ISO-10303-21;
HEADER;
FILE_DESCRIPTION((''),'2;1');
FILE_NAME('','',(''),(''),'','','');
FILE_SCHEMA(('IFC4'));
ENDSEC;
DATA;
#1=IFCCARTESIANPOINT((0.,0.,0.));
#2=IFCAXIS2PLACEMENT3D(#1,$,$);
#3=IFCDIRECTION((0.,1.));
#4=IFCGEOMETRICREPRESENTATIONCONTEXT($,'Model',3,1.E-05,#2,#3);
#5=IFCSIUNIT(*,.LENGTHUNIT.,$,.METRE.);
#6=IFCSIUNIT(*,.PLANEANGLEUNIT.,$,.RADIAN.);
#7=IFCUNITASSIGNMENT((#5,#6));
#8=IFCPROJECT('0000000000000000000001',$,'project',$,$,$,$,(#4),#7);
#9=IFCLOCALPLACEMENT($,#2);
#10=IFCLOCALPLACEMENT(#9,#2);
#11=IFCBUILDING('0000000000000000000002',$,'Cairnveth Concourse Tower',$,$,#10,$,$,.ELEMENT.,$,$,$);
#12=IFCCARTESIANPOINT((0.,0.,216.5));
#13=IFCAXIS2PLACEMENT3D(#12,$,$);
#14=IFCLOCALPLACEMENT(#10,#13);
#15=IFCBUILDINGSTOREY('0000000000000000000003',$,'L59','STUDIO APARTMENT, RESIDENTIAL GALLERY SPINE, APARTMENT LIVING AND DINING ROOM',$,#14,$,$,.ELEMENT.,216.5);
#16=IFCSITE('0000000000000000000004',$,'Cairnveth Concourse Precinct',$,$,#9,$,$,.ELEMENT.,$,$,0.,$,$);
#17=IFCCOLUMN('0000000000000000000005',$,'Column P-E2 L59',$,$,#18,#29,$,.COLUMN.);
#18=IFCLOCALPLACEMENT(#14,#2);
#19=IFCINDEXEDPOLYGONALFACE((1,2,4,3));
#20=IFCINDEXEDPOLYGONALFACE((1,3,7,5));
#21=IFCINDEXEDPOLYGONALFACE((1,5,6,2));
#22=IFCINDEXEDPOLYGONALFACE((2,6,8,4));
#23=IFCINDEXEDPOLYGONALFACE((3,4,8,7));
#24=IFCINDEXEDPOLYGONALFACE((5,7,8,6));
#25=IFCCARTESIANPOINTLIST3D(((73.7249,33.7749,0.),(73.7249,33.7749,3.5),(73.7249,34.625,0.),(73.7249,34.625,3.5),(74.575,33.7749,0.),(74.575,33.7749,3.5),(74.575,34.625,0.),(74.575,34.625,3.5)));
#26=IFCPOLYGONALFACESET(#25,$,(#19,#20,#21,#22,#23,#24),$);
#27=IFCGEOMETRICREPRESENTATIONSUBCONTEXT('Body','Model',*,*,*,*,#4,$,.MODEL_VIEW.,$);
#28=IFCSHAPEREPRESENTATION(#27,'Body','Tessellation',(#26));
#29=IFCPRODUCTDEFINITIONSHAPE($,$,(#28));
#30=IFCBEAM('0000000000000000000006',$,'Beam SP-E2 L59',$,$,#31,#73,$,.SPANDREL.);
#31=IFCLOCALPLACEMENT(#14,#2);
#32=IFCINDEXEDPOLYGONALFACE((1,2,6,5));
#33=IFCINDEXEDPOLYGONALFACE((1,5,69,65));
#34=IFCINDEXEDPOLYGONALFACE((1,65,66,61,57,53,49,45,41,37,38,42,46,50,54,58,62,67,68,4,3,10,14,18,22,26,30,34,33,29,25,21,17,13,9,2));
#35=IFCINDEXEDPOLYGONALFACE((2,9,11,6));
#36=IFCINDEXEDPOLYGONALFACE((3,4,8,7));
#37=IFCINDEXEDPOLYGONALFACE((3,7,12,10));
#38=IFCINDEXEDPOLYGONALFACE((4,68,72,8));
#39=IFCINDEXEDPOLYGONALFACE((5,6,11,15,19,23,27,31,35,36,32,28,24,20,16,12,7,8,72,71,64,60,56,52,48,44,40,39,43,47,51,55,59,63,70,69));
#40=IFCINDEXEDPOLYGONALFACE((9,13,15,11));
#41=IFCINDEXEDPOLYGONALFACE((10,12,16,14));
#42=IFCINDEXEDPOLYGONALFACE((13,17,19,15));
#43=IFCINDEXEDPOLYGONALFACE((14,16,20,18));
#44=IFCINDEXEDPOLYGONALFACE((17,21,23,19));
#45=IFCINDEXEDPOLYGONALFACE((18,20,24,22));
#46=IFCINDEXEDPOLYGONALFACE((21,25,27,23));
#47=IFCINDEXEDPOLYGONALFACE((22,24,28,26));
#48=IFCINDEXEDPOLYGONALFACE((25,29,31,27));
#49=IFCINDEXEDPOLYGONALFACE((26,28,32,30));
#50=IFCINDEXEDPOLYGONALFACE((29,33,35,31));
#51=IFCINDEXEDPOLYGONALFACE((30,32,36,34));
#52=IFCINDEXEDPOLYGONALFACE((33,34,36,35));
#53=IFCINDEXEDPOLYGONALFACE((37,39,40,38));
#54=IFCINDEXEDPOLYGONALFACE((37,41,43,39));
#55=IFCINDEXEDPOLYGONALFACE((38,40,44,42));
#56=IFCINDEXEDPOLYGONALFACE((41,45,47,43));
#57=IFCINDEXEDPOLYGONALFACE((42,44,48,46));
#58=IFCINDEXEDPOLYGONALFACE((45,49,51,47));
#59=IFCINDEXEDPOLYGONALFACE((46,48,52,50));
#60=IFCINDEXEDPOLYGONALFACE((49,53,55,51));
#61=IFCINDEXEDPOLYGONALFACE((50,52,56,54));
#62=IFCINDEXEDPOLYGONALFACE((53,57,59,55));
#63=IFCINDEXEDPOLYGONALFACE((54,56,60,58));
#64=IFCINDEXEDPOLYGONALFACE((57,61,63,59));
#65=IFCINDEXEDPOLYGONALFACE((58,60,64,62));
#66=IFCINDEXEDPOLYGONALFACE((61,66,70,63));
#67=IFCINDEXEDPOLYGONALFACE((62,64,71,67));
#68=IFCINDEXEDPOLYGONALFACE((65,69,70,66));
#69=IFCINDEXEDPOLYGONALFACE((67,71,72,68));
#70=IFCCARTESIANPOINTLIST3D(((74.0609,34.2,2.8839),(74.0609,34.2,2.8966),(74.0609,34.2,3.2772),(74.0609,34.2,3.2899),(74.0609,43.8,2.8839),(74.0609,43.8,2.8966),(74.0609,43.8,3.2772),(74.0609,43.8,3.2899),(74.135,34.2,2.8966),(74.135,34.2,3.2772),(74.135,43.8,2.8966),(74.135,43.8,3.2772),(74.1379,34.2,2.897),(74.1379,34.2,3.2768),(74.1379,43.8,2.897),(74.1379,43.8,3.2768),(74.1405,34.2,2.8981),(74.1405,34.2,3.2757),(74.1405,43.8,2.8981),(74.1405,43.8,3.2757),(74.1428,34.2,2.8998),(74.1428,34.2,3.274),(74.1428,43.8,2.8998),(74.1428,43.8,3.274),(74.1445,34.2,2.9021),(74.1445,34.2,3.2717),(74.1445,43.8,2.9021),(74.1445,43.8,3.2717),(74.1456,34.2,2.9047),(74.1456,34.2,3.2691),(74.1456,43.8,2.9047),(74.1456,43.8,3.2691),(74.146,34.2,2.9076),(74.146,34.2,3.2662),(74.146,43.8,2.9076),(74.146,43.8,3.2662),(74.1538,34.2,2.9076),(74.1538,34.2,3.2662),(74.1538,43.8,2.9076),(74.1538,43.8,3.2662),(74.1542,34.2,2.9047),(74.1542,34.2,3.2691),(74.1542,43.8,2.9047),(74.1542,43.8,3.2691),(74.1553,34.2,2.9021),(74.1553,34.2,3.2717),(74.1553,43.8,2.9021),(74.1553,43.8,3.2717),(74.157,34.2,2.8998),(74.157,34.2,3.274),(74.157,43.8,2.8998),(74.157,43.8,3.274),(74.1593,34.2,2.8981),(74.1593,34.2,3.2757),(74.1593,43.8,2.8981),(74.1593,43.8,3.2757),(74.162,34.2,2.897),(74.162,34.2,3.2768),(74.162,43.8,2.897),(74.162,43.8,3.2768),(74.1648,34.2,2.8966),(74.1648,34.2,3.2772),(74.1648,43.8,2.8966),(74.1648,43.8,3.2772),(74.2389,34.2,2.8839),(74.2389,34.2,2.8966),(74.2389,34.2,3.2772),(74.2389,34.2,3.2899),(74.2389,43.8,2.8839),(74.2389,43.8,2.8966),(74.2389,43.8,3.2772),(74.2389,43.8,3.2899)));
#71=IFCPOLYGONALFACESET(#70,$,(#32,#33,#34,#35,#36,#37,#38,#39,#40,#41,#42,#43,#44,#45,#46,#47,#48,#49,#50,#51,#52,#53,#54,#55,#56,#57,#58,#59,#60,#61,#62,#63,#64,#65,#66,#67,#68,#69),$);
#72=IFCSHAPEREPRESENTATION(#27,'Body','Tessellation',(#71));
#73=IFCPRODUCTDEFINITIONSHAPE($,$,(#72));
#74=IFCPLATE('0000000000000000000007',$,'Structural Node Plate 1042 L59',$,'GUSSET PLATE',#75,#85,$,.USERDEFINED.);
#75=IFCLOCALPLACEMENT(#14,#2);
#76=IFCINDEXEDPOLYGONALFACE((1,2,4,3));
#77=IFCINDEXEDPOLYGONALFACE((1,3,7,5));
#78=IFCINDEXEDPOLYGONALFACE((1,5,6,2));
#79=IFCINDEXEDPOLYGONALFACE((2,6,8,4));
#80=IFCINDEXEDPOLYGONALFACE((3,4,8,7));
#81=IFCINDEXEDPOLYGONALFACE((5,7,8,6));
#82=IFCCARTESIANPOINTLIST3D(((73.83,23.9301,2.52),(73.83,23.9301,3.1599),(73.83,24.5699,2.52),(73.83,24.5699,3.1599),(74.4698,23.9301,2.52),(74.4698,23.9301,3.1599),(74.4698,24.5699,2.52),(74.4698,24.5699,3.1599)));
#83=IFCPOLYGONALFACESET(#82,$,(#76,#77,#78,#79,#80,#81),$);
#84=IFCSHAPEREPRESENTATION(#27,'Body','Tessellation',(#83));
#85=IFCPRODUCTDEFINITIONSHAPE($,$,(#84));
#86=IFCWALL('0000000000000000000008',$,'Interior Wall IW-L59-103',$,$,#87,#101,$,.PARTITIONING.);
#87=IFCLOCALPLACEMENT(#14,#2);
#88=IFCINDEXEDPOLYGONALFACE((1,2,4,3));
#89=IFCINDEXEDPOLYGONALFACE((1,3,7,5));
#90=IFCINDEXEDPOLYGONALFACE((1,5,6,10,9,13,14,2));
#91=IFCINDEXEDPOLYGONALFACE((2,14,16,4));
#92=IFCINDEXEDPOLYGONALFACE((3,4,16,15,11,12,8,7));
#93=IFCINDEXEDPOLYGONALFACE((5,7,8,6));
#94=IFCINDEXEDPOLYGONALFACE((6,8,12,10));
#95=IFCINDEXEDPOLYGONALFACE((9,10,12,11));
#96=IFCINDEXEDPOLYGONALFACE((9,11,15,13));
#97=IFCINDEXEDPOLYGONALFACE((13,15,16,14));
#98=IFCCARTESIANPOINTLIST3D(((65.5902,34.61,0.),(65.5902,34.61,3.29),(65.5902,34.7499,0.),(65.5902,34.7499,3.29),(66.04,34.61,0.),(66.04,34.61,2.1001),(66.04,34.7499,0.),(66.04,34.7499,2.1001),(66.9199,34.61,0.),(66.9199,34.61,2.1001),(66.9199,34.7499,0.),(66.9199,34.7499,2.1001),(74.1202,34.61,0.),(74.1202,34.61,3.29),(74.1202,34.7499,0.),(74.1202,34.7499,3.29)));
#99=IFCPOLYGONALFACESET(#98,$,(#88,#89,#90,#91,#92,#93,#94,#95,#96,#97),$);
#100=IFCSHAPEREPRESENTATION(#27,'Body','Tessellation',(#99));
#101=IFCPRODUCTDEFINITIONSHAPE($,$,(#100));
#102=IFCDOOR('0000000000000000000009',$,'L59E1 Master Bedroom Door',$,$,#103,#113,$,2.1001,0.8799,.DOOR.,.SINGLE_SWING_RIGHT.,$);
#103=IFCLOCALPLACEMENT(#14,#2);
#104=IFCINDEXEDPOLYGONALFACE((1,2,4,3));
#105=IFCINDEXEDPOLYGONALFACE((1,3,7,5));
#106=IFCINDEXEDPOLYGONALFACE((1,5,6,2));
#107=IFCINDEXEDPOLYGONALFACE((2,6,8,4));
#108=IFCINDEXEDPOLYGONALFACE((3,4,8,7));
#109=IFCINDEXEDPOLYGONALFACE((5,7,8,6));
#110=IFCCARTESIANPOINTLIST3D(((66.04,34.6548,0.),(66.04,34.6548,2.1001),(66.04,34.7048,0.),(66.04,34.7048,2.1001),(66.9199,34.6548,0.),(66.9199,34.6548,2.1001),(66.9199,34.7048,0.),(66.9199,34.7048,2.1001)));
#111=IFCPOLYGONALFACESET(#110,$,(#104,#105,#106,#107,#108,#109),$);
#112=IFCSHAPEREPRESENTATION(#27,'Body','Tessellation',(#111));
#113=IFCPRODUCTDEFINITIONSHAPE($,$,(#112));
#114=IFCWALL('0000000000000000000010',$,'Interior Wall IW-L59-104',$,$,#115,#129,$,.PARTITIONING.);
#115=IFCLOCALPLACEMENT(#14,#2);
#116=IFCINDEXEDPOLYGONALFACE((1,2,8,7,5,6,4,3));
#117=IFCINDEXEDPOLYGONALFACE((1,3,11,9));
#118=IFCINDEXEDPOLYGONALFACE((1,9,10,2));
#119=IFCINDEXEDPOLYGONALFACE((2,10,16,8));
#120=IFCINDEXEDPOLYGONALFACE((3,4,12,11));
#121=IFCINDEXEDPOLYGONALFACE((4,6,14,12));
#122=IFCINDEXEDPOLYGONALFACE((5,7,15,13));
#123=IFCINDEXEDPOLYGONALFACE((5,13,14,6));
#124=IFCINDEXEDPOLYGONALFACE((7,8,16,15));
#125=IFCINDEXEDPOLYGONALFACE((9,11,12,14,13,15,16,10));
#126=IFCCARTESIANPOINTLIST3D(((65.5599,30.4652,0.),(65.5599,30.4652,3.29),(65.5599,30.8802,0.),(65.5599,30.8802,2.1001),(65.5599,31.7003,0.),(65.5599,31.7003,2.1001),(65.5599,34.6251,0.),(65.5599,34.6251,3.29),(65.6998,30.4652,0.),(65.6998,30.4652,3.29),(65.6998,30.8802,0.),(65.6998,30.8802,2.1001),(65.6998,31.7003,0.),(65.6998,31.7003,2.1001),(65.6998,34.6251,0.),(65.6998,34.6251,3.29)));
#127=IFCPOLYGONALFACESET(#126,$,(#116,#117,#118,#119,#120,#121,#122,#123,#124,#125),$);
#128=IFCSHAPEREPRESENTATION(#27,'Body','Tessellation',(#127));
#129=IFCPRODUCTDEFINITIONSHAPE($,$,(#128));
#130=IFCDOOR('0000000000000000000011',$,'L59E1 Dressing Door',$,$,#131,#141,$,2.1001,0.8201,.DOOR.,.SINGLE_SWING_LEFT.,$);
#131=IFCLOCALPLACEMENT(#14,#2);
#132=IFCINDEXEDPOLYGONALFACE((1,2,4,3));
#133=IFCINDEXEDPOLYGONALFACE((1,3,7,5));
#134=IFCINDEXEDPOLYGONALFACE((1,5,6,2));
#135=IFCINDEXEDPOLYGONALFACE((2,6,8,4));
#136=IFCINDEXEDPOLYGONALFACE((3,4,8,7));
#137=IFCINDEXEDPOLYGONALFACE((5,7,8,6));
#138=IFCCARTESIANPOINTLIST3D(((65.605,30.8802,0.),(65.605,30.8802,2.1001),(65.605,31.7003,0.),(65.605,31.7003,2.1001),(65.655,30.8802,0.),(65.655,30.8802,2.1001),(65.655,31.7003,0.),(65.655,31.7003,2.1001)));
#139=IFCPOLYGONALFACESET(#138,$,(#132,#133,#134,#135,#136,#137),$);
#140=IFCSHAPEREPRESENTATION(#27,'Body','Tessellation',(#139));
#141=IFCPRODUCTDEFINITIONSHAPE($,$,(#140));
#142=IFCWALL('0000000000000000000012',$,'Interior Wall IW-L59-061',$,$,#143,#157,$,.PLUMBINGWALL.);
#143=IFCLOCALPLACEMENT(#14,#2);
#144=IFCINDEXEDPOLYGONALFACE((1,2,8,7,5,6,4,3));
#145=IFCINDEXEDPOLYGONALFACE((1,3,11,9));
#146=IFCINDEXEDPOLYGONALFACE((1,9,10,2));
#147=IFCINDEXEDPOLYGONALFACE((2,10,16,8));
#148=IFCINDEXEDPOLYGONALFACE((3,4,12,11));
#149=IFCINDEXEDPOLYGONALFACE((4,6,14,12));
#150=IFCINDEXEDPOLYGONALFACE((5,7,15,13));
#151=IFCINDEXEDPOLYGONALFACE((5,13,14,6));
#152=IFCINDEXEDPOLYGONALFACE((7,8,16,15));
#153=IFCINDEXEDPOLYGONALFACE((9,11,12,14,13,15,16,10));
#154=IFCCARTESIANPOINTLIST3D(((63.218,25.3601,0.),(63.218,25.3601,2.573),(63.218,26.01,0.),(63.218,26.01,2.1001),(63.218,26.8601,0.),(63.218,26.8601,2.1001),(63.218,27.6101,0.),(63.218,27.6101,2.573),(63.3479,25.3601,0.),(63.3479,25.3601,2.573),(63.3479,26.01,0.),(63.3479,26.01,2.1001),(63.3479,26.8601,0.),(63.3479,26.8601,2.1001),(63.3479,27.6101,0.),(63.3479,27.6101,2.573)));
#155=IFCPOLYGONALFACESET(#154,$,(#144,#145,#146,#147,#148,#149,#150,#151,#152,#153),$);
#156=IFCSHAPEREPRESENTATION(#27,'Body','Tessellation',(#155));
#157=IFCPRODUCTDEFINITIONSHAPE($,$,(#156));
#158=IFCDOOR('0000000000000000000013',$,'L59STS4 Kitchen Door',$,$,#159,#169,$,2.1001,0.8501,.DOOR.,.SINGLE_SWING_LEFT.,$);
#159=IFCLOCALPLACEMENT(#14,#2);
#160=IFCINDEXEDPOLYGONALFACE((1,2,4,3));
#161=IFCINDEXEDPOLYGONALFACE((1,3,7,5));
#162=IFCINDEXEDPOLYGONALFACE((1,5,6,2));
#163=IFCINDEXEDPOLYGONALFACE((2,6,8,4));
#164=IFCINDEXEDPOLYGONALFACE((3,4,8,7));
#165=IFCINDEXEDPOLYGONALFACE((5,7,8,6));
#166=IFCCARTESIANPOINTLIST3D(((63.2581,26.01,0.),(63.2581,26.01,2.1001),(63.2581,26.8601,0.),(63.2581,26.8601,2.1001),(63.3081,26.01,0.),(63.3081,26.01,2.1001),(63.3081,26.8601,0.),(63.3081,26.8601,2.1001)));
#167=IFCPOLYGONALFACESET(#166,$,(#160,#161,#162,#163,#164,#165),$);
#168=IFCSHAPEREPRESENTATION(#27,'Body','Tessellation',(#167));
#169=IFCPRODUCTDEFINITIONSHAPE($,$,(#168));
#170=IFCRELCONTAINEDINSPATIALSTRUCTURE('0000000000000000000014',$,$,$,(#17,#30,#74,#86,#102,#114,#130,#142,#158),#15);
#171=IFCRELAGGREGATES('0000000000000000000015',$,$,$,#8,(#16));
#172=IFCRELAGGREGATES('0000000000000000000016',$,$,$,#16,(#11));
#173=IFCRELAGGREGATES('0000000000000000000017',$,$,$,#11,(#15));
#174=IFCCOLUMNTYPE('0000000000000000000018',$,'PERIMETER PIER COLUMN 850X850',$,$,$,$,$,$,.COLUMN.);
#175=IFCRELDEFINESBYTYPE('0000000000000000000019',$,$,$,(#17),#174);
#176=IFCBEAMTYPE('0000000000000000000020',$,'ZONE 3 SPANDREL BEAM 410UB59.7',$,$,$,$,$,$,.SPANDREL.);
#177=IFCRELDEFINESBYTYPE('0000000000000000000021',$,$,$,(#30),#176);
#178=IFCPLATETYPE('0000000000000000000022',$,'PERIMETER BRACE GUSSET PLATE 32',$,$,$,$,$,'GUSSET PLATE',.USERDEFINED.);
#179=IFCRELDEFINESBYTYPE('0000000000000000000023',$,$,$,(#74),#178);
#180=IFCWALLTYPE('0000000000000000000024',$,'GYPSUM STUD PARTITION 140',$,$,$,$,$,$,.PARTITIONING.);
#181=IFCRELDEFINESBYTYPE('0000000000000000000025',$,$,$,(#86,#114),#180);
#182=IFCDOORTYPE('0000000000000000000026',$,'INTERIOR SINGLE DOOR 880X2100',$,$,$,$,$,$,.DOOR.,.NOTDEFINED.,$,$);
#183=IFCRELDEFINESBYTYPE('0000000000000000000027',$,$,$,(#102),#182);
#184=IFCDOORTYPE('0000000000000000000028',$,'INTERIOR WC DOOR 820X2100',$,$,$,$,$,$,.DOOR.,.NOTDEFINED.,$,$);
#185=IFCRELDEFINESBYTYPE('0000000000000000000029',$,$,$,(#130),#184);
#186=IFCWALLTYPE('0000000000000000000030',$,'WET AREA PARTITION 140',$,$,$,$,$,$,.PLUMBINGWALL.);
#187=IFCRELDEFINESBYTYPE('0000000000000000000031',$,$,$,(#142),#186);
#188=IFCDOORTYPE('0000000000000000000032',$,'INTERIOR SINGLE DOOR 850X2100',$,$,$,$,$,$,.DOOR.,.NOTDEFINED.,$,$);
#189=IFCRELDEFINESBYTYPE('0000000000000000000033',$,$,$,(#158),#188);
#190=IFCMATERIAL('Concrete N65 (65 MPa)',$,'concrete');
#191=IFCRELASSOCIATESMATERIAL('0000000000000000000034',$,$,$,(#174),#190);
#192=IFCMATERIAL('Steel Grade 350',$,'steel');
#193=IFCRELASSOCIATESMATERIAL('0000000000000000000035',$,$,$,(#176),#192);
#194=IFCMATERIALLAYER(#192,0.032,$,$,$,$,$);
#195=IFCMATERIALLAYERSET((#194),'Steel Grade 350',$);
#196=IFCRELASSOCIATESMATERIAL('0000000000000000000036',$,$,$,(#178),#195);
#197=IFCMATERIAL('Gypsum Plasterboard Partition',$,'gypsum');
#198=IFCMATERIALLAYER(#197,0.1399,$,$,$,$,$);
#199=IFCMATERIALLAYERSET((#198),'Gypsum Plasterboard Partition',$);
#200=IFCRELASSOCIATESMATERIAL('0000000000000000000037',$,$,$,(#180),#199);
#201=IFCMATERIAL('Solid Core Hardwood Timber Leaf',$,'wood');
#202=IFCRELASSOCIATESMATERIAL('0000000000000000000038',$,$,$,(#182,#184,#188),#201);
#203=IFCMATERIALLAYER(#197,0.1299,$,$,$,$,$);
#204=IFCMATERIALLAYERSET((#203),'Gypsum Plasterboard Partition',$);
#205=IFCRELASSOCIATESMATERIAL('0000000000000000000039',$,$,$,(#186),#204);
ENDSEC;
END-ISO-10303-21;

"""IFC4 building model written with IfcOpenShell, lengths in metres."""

from ifc_helpers import new_model, si_unit, direction, frame, frame_2d, origin, origin_2d, place, context, subcontext, project, spatial, rectangle, i_section, extrude, material, layer, layer_set, material_profile, profile_set, type_object, element, fill, save


model = new_model("IFC4")

# Units and contexts
model_context = context("Model", 3, precision=1e-05, world=origin(), true_north=direction((0.0, 1.0)))
body_context = subcontext(model_context, "Body", "Model", "MODEL_VIEW")
ifc_project = project(units=[si_unit("LENGTHUNIT", "METRE"), si_unit("PLANEANGLEUNIT", "RADIAN")], contexts=[model_context])

# Site, building, storey
site_placement = place(None, origin())
site = spatial("IfcSite", under=ifc_project, at=site_placement, Name="Cairnveth Concourse Precinct", CompositionType="ELEMENT", RefElevation=0.0)
building_placement = place(site_placement, origin())
building = spatial("IfcBuilding", under=site, at=building_placement, Name="Cairnveth Concourse Tower", CompositionType="ELEMENT")
storey_placement = place(building_placement, frame((0.0, 0.0, 216.5)))
storey = spatial("IfcBuildingStorey", under=building, at=storey_placement, Name="L59", Description="STUDIO APARTMENT, RESIDENTIAL GALLERY SPINE, APARTMENT LIVING AND DINING ROOM", CompositionType="ELEMENT", Elevation=216.5)

# Column
ifc_material_1 = material(Name="Concrete N65 (65 MPa)", Category="concrete")
ifc_material_profile_1 = material_profile(ifc_material_1, rectangle(XDim=0.8501, YDim=0.8501, at=origin_2d()), Name="RC-COL-850x850")
ifc_profile_set_1 = profile_set([ifc_material_profile_1], Name="Concrete N65 (65 MPa)")
column_type = type_object("IfcColumnType", Name="PERIMETER PIER COLUMN 850X850", PredefinedType="COLUMN", material=ifc_profile_set_1)
column_placement = place(storey_placement, frame((74.1499, 34.2, 0.0), z_axis=(0.0, 0.0, 1.0), x_axis=(0.0, 1.0, 0.0)))
element("IfcColumn", 1, at=column_placement, inside=storey, type_object=column_type, Name="Column P-E2 L59", PredefinedType="COLUMN", context=body_context, shape_type="SweptSolid", body=[
    extrude(rectangle(XDim=0.8501, YDim=0.8501, at=origin_2d()), origin(), (0.0, 0.0, 1.0), 3.5),
])

# Beam
ifc_material_2 = material(Name="Steel Grade 350", Category="steel")
ifc_material_profile_2 = material_profile(ifc_material_2, i_section(OverallWidth=0.178, OverallDepth=0.406, WebThickness=0.0078, FlangeThickness=0.0127, FilletRadius=0.011, at=origin_2d()), Name="410UB59.7")
ifc_profile_set_2 = profile_set([ifc_material_profile_2], Name="Steel Grade 350")
beam_type = type_object("IfcBeamType", Name="ZONE 3 SPANDREL BEAM 410UB59.7", PredefinedType="SPANDREL", material=ifc_profile_set_2)
beam_placement = place(storey_placement, frame((74.1499, 34.2, 3.0869), z_axis=(0.0, 1.0, 0.0), x_axis=(-1.0, 0.0, 0.0)))
element("IfcBeam", 2, at=beam_placement, inside=storey, type_object=beam_type, Name="Beam SP-E2 L59", PredefinedType="SPANDREL", context=body_context, shape_type="SweptSolid", body=[
    extrude(i_section(OverallWidth=0.178, OverallDepth=0.406, WebThickness=0.0078, FlangeThickness=0.0127, FilletRadius=0.011, at=origin_2d()), origin(), (0.0, 0.0, 1.0), 9.6001),
])

# Plate
ifc_layer_1 = layer(ifc_material_2, 0.032)
ifc_layer_set_1 = layer_set([ifc_layer_1], Name="Steel Grade 350")
plate_type = type_object("IfcPlateType", Name="PERIMETER BRACE GUSSET PLATE 32", ElementType="GUSSET PLATE", PredefinedType="USERDEFINED", material=ifc_layer_set_1)
plate_placement = place(storey_placement, frame((74.1499, 24.25, 2.52), z_axis=(0.0, 0.0, 1.0), x_axis=(1.0, 0.0, 0.0)))
element("IfcPlate", 3, at=plate_placement, inside=storey, type_object=plate_type, Name="Structural Node Plate 1042 L59", ObjectType="GUSSET PLATE", PredefinedType="USERDEFINED", context=body_context, shape_type="SweptSolid", body=[
    extrude(rectangle(XDim=0.6399, YDim=0.6399, at=origin_2d()), origin(), (0.0, 0.0, 1.0), 0.6399),
])

# Walls, openings, doors
ifc_material_3 = material(Name="Gypsum Plasterboard Partition", Category="gypsum")
ifc_layer_2 = layer(ifc_material_3, 0.1399)
ifc_layer_set_2 = layer_set([ifc_layer_2], Name="Gypsum Plasterboard Partition")
wall_type_1 = type_object("IfcWallType", Name="GYPSUM STUD PARTITION 140", PredefinedType="PARTITIONING", material=ifc_layer_set_2)
wall_1_placement = place(storey_placement, frame((65.5901, 34.6799, 0.0), z_axis=(0.0, 0.0, 1.0), x_axis=(1.0, 0.0, 0.0)))
wall_1 = element("IfcWall", 4, at=wall_1_placement, inside=storey, type_object=wall_type_1, Name="Interior Wall IW-L59-103", PredefinedType="PARTITIONING", context=body_context, shape_type="SweptSolid", body=[
    extrude(rectangle(XDim=8.53, YDim=0.1399, at=frame_2d((4.2651, 0.0))), origin(), (0.0, 0.0, 1.0), 3.29),
])
opening_1_placement = place(wall_1_placement, frame((0.45, 0.0, 0.0)))
opening_1 = element("IfcOpeningElement", 5, at=opening_1_placement, cuts=wall_1, PredefinedType="OPENING", context=body_context, shape_type="SweptSolid", body=[
    extrude(rectangle(XDim=0.8799, YDim=2.1001, at=frame_2d((0.4399, 1.05))), frame((0.0, 0.0798, 0.0), z_axis=(0.0, -1.0, 0.0), x_axis=(1.0, 0.0, 0.0)), (0.0, 0.0, 1.0), 0.1599),
])
ifc_material_4 = material(Name="Solid Core Hardwood Timber Leaf", Category="wood")
door_type_1 = type_object("IfcDoorType", Name="INTERIOR SINGLE DOOR 880X2100", OperationType="NOTDEFINED", PredefinedType="DOOR", material=ifc_material_4)
door_1_placement = place(opening_1_placement, origin())
door_1 = element("IfcDoor", 6, at=door_1_placement, inside=storey, type_object=door_type_1, Name="L59E1 Master Bedroom Door", OperationType="SINGLE_SWING_RIGHT", OverallHeight=2.1001, OverallWidth=0.8799, PredefinedType="DOOR", context=body_context, shape_type="SweptSolid", body=[
    extrude(rectangle(XDim=0.8799, YDim=2.1001, at=frame_2d((0.4399, 1.05))), frame((0.0, 0.0249, 0.0), z_axis=(0.0, -1.0, 0.0), x_axis=(1.0, 0.0, 0.0)), (0.0, 0.0, 1.0), 0.05),
])
fill(opening_1, door_1)
wall_2_placement = place(storey_placement, frame((65.6299, 30.4651, 0.0), z_axis=(0.0, 0.0, 1.0), x_axis=(0.0, 1.0, 0.0)))
wall_2 = element("IfcWall", 7, at=wall_2_placement, inside=storey, type_object=wall_type_1, Name="Interior Wall IW-L59-104", PredefinedType="PARTITIONING", context=body_context, shape_type="SweptSolid", body=[
    extrude(rectangle(XDim=4.1599, YDim=0.1399, at=frame_2d((2.0801, 0.0))), origin(), (0.0, 0.0, 1.0), 3.29),
])
opening_2_placement = place(wall_2_placement, frame((0.415, 0.0, 0.0)))
opening_2 = element("IfcOpeningElement", 8, at=opening_2_placement, cuts=wall_2, PredefinedType="OPENING", context=body_context, shape_type="SweptSolid", body=[
    extrude(rectangle(XDim=0.8201, YDim=2.1001, at=frame_2d((0.4102, 1.05))), frame((0.0, 0.0798, 0.0), z_axis=(0.0, -1.0, 0.0), x_axis=(1.0, 0.0, 0.0)), (0.0, 0.0, 1.0), 0.1599),
])
door_type_2 = type_object("IfcDoorType", Name="INTERIOR WC DOOR 820X2100", OperationType="NOTDEFINED", PredefinedType="DOOR", material=ifc_material_4)
door_2_placement = place(opening_2_placement, origin())
door_2 = element("IfcDoor", 9, at=door_2_placement, inside=storey, type_object=door_type_2, Name="L59E1 Dressing Door", OperationType="SINGLE_SWING_LEFT", OverallHeight=2.1001, OverallWidth=0.8201, PredefinedType="DOOR", context=body_context, shape_type="SweptSolid", body=[
    extrude(rectangle(XDim=0.8201, YDim=2.1001, at=frame_2d((0.4102, 1.05))), frame((0.0, 0.0249, 0.0), z_axis=(0.0, -1.0, 0.0), x_axis=(1.0, 0.0, 0.0)), (0.0, 0.0, 1.0), 0.05),
])
fill(opening_2, door_2)
ifc_layer_3 = layer(ifc_material_3, 0.1299)
ifc_layer_set_3 = layer_set([ifc_layer_3], Name="Gypsum Plasterboard Partition")
wall_type_2 = type_object("IfcWallType", Name="WET AREA PARTITION 140", PredefinedType="PLUMBINGWALL", material=ifc_layer_set_3)
wall_3_placement = place(storey_placement, frame((63.283, 25.3601, 0.0), z_axis=(0.0, 0.0, 1.0), x_axis=(0.0, 1.0, 0.0)))
wall_3 = element("IfcWall", 10, at=wall_3_placement, inside=storey, type_object=wall_type_2, Name="Interior Wall IW-L59-061", PredefinedType="PLUMBINGWALL", context=body_context, shape_type="SweptSolid", body=[
    extrude(rectangle(XDim=2.25, YDim=0.1299, at=frame_2d((1.125, 0.0))), origin(), (0.0, 0.0, 1.0), 2.573),
])
opening_3_placement = place(wall_3_placement, frame((0.6499, 0.0, 0.0)))
opening_3 = element("IfcOpeningElement", 11, at=opening_3_placement, cuts=wall_3, PredefinedType="OPENING", context=body_context, shape_type="SweptSolid", body=[
    extrude(rectangle(XDim=0.8501, YDim=2.1001, at=frame_2d((0.425, 1.05))), frame((0.0, 0.075, 0.0), z_axis=(0.0, -1.0, 0.0), x_axis=(1.0, 0.0, 0.0)), (0.0, 0.0, 1.0), 0.1499),
])
door_type_3 = type_object("IfcDoorType", Name="INTERIOR SINGLE DOOR 850X2100", OperationType="NOTDEFINED", PredefinedType="DOOR", material=ifc_material_4)
door_3_placement = place(opening_3_placement, origin())
door_3 = element("IfcDoor", 12, at=door_3_placement, inside=storey, type_object=door_type_3, Name="L59STS4 Kitchen Door", OperationType="SINGLE_SWING_LEFT", OverallHeight=2.1001, OverallWidth=0.8501, PredefinedType="DOOR", context=body_context, shape_type="SweptSolid", body=[
    extrude(rectangle(XDim=0.8501, YDim=2.1001, at=frame_2d((0.425, 1.05))), frame((0.0, 0.0249, 0.0), z_axis=(0.0, -1.0, 0.0), x_axis=(1.0, 0.0, 0.0)), (0.0, 0.0, 1.0), 0.05),
])
fill(opening_3, door_3)

save(model, "model.ifc")
